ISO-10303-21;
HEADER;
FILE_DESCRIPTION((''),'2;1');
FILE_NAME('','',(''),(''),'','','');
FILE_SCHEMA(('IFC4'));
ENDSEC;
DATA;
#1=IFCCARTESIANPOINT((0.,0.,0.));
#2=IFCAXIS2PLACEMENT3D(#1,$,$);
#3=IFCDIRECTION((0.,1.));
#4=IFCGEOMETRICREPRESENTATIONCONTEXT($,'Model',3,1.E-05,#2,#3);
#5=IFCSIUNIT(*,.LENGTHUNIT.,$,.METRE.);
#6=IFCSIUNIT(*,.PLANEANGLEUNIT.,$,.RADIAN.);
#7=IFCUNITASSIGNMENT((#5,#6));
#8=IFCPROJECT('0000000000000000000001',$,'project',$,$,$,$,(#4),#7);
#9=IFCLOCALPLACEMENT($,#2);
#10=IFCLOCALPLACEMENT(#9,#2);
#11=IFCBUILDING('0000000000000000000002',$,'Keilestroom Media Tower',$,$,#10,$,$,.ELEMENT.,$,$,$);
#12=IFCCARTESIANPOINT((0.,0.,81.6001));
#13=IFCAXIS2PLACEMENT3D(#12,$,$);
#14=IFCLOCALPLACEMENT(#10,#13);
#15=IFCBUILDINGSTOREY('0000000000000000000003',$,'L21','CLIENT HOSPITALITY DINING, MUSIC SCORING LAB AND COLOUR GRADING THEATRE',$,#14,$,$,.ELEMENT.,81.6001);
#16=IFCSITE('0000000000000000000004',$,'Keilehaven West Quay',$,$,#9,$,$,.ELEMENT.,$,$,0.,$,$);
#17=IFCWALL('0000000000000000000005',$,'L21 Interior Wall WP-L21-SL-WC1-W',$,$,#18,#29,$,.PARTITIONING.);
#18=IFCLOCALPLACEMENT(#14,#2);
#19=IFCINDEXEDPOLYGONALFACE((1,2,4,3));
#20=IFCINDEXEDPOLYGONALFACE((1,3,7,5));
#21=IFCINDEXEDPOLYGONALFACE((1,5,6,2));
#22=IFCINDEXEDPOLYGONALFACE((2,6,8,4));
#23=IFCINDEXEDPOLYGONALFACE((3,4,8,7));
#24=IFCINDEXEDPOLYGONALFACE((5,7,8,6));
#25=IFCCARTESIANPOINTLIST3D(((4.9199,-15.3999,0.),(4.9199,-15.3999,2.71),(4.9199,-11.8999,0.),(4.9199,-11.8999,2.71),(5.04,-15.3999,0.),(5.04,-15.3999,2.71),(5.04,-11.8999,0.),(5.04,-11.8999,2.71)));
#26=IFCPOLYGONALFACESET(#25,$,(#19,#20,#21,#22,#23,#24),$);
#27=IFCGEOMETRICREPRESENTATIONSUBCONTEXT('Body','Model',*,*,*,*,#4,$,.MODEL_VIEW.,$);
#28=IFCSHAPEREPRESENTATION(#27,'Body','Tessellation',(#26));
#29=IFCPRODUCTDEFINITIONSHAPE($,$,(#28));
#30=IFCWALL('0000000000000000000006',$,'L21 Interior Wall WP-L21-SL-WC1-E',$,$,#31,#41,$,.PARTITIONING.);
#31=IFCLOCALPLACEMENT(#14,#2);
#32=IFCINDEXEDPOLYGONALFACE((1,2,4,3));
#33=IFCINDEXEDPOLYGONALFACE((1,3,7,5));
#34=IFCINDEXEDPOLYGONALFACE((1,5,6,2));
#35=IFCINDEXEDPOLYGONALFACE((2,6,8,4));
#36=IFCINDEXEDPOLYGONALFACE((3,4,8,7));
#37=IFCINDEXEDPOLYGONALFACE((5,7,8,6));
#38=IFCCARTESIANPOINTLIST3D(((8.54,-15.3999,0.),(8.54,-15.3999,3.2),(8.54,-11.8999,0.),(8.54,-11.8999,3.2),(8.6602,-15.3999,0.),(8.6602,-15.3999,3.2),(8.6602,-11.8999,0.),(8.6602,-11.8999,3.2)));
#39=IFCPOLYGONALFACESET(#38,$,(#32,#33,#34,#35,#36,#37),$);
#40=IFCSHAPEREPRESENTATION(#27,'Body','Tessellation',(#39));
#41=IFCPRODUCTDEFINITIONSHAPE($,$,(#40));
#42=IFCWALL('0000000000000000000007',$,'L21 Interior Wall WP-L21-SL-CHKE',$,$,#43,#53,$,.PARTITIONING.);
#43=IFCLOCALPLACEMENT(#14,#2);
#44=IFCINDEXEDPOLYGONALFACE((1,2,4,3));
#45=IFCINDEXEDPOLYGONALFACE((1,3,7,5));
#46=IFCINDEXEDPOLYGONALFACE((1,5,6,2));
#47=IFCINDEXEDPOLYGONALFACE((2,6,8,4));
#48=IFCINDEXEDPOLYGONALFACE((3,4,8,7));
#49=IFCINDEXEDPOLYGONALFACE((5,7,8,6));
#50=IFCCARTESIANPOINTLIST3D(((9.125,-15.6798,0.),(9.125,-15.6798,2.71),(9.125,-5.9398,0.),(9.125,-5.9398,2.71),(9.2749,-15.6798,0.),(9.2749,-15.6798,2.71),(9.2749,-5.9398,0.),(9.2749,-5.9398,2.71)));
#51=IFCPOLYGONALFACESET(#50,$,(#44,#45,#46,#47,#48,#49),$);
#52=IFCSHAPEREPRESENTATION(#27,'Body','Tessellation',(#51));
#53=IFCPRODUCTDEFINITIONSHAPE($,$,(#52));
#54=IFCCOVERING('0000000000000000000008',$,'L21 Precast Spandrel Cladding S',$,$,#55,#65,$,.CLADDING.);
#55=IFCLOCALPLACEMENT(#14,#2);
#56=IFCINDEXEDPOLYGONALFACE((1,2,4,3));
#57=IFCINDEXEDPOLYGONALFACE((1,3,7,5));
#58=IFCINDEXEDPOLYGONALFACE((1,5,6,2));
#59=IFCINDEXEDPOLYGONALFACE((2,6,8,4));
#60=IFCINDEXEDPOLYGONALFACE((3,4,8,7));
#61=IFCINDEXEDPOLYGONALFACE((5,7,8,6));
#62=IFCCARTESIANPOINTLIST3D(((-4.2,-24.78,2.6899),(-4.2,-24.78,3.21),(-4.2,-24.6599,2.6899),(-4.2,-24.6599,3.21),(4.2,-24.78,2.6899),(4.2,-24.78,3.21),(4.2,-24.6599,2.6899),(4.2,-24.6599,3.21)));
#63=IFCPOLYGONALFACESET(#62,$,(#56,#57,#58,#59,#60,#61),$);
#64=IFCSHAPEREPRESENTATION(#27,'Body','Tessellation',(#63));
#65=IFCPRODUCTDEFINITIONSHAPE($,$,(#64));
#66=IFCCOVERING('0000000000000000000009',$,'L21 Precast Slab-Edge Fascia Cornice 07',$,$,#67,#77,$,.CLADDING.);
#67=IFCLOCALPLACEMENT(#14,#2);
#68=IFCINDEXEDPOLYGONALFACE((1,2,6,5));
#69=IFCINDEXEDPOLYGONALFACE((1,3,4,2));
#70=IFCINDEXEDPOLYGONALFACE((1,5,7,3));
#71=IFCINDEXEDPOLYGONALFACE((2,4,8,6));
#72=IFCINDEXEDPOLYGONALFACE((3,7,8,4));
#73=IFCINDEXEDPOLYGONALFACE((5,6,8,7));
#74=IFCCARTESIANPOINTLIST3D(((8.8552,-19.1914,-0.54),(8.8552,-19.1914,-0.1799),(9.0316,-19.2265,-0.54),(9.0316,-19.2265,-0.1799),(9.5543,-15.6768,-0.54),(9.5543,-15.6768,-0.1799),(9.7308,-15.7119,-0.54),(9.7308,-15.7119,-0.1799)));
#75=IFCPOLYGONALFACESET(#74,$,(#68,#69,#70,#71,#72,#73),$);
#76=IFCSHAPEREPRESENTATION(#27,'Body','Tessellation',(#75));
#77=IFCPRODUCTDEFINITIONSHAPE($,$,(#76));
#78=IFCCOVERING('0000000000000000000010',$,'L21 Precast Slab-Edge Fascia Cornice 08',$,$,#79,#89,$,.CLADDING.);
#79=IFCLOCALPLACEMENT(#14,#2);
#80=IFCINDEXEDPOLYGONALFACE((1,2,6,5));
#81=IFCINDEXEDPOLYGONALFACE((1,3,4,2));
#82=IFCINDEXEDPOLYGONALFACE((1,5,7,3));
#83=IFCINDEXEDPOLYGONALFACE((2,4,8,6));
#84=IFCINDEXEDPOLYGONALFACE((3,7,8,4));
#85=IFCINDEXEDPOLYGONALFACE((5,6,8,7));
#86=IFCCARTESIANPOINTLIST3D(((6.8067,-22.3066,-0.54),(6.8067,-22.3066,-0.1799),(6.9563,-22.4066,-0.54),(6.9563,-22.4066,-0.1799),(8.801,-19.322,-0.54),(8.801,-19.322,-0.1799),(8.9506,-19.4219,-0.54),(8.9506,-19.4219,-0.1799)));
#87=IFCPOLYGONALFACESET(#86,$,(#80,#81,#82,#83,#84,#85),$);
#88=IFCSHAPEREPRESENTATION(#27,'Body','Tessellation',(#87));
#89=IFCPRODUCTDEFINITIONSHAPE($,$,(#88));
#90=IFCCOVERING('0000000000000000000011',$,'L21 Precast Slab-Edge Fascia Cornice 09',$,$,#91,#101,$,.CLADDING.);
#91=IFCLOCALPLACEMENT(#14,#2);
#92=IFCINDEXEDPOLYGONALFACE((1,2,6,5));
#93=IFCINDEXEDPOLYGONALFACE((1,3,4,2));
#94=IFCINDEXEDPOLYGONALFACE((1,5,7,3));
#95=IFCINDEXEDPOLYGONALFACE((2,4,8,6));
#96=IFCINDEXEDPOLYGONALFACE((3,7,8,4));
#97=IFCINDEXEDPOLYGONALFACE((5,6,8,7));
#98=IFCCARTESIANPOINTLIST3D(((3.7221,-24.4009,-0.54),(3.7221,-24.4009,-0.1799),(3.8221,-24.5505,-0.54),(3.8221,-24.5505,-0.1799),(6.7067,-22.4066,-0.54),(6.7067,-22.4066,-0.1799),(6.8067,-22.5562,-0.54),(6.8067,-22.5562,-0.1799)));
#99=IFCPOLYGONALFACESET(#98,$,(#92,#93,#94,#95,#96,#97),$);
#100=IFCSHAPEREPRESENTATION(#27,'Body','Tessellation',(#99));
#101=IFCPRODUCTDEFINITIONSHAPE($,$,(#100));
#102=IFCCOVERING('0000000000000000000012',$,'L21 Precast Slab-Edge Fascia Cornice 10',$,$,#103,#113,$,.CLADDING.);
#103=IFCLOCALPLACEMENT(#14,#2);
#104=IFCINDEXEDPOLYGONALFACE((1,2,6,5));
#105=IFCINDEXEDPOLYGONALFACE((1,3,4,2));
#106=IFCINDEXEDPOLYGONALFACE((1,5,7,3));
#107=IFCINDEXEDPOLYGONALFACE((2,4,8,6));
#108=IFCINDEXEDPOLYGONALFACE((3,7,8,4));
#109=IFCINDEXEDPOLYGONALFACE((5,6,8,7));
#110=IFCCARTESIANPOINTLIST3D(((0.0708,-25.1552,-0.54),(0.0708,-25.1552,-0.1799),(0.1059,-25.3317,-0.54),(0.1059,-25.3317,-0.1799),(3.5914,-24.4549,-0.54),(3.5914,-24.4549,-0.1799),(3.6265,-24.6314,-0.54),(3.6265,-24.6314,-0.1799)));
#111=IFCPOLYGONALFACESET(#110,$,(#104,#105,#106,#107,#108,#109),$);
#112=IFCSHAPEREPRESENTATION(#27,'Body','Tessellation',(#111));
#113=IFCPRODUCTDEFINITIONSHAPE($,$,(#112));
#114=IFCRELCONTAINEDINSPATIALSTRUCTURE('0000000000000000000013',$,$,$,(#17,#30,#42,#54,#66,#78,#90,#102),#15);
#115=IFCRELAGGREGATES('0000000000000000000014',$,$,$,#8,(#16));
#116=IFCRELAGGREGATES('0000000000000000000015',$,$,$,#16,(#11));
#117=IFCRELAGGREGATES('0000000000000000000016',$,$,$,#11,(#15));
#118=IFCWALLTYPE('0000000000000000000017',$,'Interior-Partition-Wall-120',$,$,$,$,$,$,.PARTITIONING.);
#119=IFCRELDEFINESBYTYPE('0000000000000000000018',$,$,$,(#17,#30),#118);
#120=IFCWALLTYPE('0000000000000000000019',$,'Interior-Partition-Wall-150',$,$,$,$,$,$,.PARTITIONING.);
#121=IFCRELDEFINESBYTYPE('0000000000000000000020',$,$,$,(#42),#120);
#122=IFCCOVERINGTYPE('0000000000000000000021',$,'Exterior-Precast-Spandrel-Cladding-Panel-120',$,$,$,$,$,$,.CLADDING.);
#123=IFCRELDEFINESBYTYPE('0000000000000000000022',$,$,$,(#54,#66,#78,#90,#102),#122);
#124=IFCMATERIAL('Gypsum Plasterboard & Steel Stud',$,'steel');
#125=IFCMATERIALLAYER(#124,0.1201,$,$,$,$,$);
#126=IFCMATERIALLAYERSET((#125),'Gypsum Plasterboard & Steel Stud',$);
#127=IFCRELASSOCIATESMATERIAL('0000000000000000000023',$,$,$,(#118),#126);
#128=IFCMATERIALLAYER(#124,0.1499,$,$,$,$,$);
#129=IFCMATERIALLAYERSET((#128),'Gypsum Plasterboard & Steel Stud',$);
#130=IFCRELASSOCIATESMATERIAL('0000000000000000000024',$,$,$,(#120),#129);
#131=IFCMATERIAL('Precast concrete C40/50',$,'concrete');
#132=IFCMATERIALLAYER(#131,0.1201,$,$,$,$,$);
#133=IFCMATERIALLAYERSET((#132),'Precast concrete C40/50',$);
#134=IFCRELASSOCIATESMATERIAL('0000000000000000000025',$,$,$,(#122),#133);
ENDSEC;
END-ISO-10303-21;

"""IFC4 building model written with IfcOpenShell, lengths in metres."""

from ifc_helpers import new_model, si_unit, direction, frame, frame_2d, origin, origin_2d, place, context, subcontext, project, spatial, rectangle, extrude, source, transform, mapped, material, layer, layer_set, type_object, element, save


model = new_model("IFC4")

# Units and contexts
model_context = context("Model", 3, precision=1e-05, world=origin(), true_north=direction((0.0, 1.0)))
body_context = subcontext(model_context, "Body", "Model", "MODEL_VIEW")
ifc_project = project(units=[si_unit("LENGTHUNIT", "METRE"), si_unit("PLANEANGLEUNIT", "RADIAN")], contexts=[model_context])

# Site, building, storey
site_placement = place(None, origin())
site = spatial("IfcSite", under=ifc_project, at=site_placement, Name="Keilehaven West Quay", CompositionType="ELEMENT", RefElevation=0.0)
building_placement = place(site_placement, origin())
building = spatial("IfcBuilding", under=site, at=building_placement, Name="Keilestroom Media Tower", CompositionType="ELEMENT")
storey_placement = place(building_placement, frame((0.0, 0.0, 81.6001)))
storey = spatial("IfcBuildingStorey", under=building, at=storey_placement, Name="L21", Description="CLIENT HOSPITALITY DINING, MUSIC SCORING LAB AND COLOUR GRADING THEATRE", CompositionType="ELEMENT", Elevation=81.6001)

# Walls
ifc_material_1 = material(Name="Precast concrete C40/50", Category="concrete")
ifc_material_2 = material(Name="Gypsum Plasterboard & Steel Stud", Category="steel")
ifc_layer_1 = layer(ifc_material_2, 0.1201)
ifc_layer_set_1 = layer_set([ifc_layer_1], Name="Gypsum Plasterboard & Steel Stud")
wall_type_1 = type_object("IfcWallType", Name="Interior-Partition-Wall-120", PredefinedType="PARTITIONING", material=ifc_layer_set_1)
wall_1_placement = place(storey_placement, frame((4.98, -15.3999, 0.0), z_axis=(0.0, 0.0, 1.0), x_axis=(0.0, 1.0, 0.0)))
element("IfcWall", 1, at=wall_1_placement, inside=storey, type_object=wall_type_1, Name="L21 Interior Wall WP-L21-SL-WC1-W", PredefinedType="PARTITIONING", context=body_context, shape_type="SweptSolid", body=[
    extrude(rectangle(XDim=3.5, YDim=0.1201, at=frame_2d((1.75, 0.0))), origin(), (0.0, 0.0, 1.0), 2.71),
])
wall_2_placement = place(storey_placement, frame((8.6001, -15.3999, 0.0), z_axis=(0.0, 0.0, 1.0), x_axis=(0.0, 1.0, 0.0)))
element("IfcWall", 2, at=wall_2_placement, inside=storey, type_object=wall_type_1, Name="L21 Interior Wall WP-L21-SL-WC1-E", PredefinedType="PARTITIONING", context=body_context, shape_type="SweptSolid", body=[
    extrude(rectangle(XDim=3.5, YDim=0.1201, at=frame_2d((1.75, 0.0))), origin(), (0.0, 0.0, 1.0), 3.2),
])
ifc_layer_2 = layer(ifc_material_2, 0.1499)
ifc_layer_set_2 = layer_set([ifc_layer_2], Name="Gypsum Plasterboard & Steel Stud")
wall_type_2 = type_object("IfcWallType", Name="Interior-Partition-Wall-150", PredefinedType="PARTITIONING", material=ifc_layer_set_2)
wall_3_placement = place(storey_placement, frame((9.2, -15.6799, 0.0), z_axis=(0.0, 0.0, 1.0), x_axis=(0.0, 1.0, 0.0)))
element("IfcWall", 3, at=wall_3_placement, inside=storey, type_object=wall_type_2, Name="L21 Interior Wall WP-L21-SL-CHKE", PredefinedType="PARTITIONING", context=body_context, shape_type="SweptSolid", body=[
    extrude(rectangle(XDim=9.74, YDim=0.1499, at=frame_2d((4.8701, 0.0))), origin(), (0.0, 0.0, 1.0), 2.71),
])

# Coverings
ifc_layer_3 = layer(ifc_material_1, 0.1201)
ifc_layer_set_3 = layer_set([ifc_layer_3], Name="Precast concrete C40/50")
covering_type = type_object("IfcCoveringType", Name="Exterior-Precast-Spandrel-Cladding-Panel-120", PredefinedType="CLADDING", material=ifc_layer_set_3)
shared_shape_1 = source(origin(), body_context, "Body", "SweptSolid", [
    extrude(rectangle(XDim=8.3999, YDim=0.1201, at=origin_2d()), origin(), (0.0, 0.0, 1.0), 0.52),
])
covering_1_placement = place(storey_placement, frame((0.0, -24.72, 2.6899), z_axis=(0.0, 0.0, 1.0), x_axis=(1.0, 0.0, 0.0)))
element("IfcCovering", 4, at=covering_1_placement, inside=storey, type_object=covering_type, Name="L21 Precast Spandrel Cladding S", PredefinedType="CLADDING", context=body_context, shape_type="MappedRepresentation", body=[
    mapped(shared_shape_1, transform((0.0, 0.0, 0.0), x_axis=(1.0, 0.0, 0.0), y_axis=(0.0, 1.0, 0.0), z_axis=(0.0, 0.0, 1.0), scale=1.0)),
])
shared_shape_2 = source(origin(), body_context, "Body", "SweptSolid", [
    extrude(rectangle(XDim=3.5835, YDim=0.1799, at=origin_2d()), origin(), (0.0, 0.0, 1.0), 0.3601),
])
covering_2_placement = place(storey_placement, frame((9.293, -17.4517, -0.54), z_axis=(0.0, 0.0, 1.0), x_axis=(-0.195099, -0.980784, 0.0)))
element("IfcCovering", 5, at=covering_2_placement, inside=storey, type_object=covering_type, Name="L21 Precast Slab-Edge Fascia Cornice 07", PredefinedType="CLADDING", context=body_context, shape_type="MappedRepresentation", body=[
    mapped(shared_shape_2, transform((0.0, 0.0, 0.0), x_axis=(1.0, 0.0, 0.0), y_axis=(0.0, 1.0, 0.0), z_axis=(0.0, 0.0, 1.0), scale=1.0)),
])
shared_shape_3 = source(origin(), body_context, "Body", "SweptSolid", [
    extrude(rectangle(XDim=3.5896, YDim=0.1799, at=origin_2d()), origin(), (0.0, 0.0, 1.0), 0.3601),
])
for number, where, z_axis, x_axis, name in (
    (6, (7.8787, -20.8643, -0.54), (0.0, 0.0, 1.0), (-0.555575, -0.831467, 0.0), "L21 Precast Slab-Edge Fascia Cornice 08"),
    (7, (5.2644, -23.4785, -0.54), (0.0, 0.0, 1.0), (-0.831467, -0.555575, 0.0), "L21 Precast Slab-Edge Fascia Cornice 09"),
    (8, (1.8486, -24.8933, -0.54), (0.0, 0.0, 1.0), (-0.980784, -0.195099, 0.0), "L21 Precast Slab-Edge Fascia Cornice 10"),
):
    element("IfcCovering", number, at=place(storey_placement, frame(where, z_axis=z_axis, x_axis=x_axis)), inside=storey, type_object=covering_type, Name=name, PredefinedType="CLADDING", context=body_context, shape_type="MappedRepresentation", body=[
        mapped(shared_shape_3, transform((0.0, 0.0, 0.0), x_axis=(1.0, 0.0, 0.0), y_axis=(0.0, 1.0, 0.0), z_axis=(0.0, 0.0, 1.0), scale=1.0)),
    ])

save(model, "model.ifc")
